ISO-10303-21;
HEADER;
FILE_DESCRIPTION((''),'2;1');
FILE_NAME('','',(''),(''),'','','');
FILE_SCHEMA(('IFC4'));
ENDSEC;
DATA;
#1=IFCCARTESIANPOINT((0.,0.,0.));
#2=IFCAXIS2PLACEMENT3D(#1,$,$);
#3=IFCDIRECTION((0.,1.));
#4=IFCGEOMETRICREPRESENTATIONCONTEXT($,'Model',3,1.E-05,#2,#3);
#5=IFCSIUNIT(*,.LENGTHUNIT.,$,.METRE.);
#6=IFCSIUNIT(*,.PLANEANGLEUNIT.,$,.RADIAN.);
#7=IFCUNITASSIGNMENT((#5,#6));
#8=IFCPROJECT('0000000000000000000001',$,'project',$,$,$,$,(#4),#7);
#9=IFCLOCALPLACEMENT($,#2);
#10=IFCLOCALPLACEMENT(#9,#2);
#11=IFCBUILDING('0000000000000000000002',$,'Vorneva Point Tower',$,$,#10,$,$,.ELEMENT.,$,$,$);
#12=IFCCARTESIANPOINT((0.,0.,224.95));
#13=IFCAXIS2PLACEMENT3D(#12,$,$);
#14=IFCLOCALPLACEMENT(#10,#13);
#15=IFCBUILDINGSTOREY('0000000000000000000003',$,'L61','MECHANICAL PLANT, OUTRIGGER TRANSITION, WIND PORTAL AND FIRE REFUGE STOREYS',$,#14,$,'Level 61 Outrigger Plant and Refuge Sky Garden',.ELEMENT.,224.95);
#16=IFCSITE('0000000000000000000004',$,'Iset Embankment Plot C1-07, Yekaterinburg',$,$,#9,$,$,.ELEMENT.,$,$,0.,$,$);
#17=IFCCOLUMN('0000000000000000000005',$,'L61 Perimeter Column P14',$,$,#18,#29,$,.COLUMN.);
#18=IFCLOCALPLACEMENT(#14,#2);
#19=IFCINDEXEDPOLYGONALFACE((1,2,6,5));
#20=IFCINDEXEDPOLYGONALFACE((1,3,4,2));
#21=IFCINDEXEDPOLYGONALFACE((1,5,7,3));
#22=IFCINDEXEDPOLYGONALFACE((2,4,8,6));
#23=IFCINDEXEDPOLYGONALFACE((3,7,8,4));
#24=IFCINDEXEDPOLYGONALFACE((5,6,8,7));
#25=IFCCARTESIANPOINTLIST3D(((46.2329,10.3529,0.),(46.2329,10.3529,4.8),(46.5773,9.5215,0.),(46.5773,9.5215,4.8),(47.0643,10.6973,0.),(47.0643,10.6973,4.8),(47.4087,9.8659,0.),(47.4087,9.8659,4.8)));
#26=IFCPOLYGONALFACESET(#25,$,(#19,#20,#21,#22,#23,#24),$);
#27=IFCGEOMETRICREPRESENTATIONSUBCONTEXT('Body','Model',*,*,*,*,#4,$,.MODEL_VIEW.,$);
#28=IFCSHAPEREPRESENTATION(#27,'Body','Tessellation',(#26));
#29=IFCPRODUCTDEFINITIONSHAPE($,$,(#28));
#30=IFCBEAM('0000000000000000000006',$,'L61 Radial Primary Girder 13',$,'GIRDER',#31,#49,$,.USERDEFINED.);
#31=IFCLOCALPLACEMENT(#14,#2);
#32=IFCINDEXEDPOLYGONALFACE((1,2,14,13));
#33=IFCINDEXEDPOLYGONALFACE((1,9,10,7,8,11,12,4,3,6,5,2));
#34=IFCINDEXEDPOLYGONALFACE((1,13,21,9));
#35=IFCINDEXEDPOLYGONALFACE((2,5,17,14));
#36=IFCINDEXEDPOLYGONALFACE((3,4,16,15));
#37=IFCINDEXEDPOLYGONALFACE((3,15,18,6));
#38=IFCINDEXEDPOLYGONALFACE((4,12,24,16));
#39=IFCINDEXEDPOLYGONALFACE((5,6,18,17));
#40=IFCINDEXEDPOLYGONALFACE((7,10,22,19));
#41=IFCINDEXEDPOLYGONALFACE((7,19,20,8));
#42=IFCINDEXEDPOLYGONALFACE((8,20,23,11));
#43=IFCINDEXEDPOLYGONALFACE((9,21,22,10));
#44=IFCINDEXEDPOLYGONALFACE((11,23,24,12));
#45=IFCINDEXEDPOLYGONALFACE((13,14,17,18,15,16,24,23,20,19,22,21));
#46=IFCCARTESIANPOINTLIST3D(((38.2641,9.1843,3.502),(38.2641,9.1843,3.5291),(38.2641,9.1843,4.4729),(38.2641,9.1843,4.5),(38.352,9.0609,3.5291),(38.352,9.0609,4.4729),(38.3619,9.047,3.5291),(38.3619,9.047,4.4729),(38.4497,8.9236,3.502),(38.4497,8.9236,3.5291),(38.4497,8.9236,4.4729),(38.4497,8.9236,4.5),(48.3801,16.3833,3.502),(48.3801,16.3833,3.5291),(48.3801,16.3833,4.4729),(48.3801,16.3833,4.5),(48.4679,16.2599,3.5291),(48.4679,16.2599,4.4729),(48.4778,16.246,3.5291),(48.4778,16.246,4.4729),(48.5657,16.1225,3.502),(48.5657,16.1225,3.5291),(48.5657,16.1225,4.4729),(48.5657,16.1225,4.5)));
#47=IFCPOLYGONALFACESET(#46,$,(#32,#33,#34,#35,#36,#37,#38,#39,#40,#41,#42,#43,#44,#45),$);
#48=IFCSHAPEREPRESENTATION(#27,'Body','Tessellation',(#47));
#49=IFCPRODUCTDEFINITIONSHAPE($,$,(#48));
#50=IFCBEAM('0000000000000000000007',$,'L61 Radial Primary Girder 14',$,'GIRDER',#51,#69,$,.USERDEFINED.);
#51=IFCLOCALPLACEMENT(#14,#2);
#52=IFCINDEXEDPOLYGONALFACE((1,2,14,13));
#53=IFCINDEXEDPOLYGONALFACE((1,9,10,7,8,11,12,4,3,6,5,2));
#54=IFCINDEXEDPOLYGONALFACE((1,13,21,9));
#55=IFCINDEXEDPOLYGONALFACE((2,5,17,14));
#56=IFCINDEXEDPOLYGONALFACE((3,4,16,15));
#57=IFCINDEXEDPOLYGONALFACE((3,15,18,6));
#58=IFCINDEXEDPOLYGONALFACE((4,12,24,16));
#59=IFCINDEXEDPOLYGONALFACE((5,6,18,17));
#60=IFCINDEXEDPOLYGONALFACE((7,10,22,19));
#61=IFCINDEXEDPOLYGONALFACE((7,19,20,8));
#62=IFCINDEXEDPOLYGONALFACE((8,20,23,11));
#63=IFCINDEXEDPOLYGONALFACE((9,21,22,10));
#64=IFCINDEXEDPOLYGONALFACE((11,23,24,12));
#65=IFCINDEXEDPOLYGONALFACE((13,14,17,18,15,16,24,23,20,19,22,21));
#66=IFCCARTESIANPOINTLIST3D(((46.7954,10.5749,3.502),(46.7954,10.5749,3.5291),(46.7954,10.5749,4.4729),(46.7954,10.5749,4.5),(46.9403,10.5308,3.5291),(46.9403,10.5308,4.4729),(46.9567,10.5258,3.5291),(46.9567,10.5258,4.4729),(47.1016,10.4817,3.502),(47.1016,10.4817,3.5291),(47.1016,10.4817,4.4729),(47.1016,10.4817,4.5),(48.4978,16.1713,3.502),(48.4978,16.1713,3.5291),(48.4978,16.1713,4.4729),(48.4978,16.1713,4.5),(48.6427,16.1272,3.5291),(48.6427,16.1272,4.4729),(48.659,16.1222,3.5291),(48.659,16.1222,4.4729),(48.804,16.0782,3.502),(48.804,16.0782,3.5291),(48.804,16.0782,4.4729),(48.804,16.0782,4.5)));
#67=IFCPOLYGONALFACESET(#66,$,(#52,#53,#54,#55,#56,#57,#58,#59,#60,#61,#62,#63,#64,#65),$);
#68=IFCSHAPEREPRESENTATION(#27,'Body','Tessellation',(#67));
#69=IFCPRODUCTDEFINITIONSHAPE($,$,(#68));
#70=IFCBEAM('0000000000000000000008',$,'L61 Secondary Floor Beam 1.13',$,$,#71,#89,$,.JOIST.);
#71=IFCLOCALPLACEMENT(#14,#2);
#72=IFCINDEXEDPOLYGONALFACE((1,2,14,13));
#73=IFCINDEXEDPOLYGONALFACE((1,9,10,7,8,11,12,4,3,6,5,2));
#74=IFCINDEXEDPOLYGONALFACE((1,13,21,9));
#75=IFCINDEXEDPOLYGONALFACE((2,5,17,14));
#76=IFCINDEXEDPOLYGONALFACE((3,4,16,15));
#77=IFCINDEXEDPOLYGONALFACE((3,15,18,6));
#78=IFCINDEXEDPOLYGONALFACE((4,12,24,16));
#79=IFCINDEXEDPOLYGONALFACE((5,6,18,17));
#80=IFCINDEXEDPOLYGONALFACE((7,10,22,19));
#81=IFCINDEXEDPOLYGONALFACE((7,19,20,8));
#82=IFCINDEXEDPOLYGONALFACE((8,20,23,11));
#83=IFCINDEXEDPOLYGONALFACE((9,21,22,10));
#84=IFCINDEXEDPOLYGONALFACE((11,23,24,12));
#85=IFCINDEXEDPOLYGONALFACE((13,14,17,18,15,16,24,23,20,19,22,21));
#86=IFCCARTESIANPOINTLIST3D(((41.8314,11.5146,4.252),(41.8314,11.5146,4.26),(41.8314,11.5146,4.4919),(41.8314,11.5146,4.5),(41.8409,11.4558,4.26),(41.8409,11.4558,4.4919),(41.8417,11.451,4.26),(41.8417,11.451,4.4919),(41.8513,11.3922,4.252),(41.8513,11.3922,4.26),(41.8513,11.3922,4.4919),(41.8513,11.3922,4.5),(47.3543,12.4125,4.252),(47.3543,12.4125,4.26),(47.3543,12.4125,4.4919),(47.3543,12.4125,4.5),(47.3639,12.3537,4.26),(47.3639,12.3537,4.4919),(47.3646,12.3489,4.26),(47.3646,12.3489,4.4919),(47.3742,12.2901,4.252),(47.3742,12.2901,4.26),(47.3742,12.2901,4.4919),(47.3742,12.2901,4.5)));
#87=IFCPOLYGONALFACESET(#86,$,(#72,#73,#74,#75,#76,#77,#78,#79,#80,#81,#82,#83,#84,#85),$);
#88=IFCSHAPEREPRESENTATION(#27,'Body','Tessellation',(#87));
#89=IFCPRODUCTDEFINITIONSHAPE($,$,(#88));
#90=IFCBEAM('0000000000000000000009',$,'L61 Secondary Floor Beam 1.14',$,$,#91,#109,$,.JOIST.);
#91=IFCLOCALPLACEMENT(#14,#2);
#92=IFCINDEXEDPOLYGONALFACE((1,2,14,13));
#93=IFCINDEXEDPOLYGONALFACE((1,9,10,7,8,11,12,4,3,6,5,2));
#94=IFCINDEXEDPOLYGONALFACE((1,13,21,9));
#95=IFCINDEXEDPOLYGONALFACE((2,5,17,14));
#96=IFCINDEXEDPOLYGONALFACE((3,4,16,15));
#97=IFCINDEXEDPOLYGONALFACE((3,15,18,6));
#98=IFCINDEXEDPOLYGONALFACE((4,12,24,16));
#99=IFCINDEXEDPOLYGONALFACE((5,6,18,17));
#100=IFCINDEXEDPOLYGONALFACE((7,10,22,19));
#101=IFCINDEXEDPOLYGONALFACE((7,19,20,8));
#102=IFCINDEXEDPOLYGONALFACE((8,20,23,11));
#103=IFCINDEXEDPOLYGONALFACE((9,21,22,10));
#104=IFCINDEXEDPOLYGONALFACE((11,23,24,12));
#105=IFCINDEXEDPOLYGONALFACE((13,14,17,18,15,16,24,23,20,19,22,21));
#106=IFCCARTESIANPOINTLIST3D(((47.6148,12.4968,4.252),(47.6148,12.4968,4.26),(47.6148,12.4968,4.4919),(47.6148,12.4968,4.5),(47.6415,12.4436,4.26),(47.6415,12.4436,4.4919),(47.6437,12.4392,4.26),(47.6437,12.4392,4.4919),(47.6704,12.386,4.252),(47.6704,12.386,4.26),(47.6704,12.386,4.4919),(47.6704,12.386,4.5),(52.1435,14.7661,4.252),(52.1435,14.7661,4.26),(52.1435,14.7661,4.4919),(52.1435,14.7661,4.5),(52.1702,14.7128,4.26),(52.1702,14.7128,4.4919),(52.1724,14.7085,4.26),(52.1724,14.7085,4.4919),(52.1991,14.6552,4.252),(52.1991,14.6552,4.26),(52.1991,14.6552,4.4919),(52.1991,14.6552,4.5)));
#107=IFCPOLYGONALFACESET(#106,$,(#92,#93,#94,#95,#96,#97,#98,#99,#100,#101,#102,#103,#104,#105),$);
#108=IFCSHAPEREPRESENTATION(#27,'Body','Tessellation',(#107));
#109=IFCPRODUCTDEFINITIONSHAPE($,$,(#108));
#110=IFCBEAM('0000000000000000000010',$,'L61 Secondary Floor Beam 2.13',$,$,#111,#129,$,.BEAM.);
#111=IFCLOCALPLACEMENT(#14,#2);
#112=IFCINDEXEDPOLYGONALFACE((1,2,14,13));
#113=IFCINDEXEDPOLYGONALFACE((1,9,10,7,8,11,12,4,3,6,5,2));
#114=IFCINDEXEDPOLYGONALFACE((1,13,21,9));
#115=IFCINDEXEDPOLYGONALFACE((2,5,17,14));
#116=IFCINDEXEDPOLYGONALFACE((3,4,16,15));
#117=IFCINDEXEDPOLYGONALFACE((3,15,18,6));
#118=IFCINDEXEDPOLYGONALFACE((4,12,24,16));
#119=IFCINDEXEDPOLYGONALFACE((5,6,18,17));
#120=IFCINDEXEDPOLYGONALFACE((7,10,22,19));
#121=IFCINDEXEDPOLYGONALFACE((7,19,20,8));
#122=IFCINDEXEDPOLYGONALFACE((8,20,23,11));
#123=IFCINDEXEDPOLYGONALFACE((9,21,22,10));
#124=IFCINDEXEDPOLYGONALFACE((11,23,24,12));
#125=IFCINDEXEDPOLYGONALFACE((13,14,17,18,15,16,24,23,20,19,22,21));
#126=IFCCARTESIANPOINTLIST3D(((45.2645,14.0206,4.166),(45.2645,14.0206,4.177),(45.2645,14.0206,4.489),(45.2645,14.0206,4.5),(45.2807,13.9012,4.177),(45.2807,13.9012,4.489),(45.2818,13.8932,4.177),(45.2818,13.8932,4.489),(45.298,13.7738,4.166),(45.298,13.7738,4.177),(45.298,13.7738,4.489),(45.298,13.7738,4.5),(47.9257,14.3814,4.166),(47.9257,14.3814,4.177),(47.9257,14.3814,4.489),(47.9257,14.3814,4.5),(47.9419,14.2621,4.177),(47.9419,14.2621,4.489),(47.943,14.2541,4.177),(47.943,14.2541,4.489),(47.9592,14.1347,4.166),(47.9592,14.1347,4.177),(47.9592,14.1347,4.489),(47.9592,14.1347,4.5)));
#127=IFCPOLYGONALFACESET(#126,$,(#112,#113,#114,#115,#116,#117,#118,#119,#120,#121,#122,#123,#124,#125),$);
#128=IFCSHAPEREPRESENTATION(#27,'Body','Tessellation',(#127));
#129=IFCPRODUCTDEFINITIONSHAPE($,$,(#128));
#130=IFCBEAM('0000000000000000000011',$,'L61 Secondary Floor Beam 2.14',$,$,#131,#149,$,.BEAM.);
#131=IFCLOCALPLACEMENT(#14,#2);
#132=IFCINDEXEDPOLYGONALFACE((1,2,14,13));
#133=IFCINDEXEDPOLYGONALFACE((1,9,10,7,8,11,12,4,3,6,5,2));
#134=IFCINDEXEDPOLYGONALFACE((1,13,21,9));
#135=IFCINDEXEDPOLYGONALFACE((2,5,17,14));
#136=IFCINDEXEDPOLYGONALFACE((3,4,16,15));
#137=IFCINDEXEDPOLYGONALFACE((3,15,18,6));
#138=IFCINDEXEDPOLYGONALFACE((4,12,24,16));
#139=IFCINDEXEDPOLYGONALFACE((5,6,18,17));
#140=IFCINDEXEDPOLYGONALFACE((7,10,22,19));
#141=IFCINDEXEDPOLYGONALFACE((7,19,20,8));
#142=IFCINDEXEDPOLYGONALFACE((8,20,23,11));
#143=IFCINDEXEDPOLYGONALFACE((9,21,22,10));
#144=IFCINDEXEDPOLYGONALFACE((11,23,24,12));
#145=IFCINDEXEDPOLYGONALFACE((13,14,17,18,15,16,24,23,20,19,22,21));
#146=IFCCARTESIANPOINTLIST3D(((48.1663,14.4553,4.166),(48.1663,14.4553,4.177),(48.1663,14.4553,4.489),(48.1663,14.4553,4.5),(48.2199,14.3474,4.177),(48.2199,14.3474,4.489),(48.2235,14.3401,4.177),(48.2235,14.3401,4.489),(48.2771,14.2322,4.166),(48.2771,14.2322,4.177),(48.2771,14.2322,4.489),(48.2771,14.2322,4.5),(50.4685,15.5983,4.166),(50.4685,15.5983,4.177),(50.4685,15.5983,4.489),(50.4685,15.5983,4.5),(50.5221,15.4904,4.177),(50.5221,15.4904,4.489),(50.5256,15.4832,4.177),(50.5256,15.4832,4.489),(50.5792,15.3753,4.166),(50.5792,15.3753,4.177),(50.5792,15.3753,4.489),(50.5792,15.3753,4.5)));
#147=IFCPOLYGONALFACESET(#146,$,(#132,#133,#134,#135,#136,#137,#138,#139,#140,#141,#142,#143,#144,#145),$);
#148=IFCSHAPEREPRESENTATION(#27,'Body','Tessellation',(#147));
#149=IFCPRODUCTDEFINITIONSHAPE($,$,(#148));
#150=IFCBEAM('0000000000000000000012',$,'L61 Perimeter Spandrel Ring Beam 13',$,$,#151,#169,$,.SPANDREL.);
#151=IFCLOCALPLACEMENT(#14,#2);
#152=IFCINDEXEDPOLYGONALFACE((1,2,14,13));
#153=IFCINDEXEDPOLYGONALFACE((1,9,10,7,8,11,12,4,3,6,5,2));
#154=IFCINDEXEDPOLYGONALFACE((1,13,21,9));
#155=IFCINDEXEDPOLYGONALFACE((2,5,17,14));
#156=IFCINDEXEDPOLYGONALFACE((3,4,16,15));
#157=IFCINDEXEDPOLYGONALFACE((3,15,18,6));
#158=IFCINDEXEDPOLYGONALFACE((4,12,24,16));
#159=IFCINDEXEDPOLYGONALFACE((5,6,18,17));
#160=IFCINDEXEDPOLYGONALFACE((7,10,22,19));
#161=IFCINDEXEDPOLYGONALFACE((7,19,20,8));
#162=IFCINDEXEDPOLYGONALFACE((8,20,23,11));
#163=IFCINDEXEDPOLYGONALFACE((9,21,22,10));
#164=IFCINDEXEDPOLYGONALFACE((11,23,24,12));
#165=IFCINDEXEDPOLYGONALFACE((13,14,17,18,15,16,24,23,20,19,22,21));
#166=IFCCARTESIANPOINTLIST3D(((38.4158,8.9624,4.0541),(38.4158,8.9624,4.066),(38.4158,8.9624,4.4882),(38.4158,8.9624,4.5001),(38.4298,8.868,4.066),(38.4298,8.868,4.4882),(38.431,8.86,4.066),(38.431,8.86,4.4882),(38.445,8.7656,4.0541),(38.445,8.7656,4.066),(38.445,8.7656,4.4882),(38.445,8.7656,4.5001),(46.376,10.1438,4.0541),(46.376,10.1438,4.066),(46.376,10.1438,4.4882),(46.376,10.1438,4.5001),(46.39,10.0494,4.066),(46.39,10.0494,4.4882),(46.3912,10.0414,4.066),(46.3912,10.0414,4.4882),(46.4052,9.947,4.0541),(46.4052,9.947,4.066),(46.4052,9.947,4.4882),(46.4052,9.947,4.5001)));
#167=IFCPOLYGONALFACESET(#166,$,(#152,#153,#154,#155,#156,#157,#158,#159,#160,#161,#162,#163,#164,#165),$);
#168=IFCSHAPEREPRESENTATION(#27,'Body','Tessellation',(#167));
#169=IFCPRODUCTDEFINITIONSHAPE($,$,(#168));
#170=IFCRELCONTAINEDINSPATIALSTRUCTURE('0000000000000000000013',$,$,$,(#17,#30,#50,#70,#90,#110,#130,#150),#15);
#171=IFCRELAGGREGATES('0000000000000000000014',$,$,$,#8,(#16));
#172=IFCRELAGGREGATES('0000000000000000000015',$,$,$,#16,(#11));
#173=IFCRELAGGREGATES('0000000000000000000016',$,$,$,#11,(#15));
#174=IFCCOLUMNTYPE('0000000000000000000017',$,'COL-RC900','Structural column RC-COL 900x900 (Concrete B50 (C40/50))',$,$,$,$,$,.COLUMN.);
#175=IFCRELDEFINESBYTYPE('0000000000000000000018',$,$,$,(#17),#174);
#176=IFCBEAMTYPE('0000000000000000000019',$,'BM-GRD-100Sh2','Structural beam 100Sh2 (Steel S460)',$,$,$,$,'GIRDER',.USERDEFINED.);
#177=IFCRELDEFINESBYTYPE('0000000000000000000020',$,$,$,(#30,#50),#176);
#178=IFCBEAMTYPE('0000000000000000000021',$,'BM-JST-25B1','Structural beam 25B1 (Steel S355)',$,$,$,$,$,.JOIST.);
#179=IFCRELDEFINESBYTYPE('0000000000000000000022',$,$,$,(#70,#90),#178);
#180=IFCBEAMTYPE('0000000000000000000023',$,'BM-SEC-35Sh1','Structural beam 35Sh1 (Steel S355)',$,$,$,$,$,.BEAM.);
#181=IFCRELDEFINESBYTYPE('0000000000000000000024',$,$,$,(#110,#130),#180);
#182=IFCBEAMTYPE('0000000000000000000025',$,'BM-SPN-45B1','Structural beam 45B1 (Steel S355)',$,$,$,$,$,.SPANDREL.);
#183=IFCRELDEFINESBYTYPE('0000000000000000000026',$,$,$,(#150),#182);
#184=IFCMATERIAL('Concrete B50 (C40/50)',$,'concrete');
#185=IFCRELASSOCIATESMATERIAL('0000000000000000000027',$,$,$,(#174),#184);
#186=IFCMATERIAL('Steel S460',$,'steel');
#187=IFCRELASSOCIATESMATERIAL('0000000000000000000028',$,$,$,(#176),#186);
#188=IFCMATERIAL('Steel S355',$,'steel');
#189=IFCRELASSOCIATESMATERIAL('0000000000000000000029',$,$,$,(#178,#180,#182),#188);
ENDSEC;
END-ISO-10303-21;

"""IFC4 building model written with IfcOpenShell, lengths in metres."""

from ifc_helpers import new_model, si_unit, direction, frame, origin, origin_2d, place, context, subcontext, project, spatial, rectangle, i_section, extrude, material, material_profile, profile_set, type_object, element, save


model = new_model("IFC4")

# Units and contexts
model_context = context("Model", 3, precision=1e-05, world=origin(), true_north=direction((0.0, 1.0)))
body_context = subcontext(model_context, "Body", "Model", "MODEL_VIEW")
ifc_project = project(units=[si_unit("LENGTHUNIT", "METRE"), si_unit("PLANEANGLEUNIT", "RADIAN")], contexts=[model_context])

# Site, building, storey
site_placement = place(None, origin())
site = spatial("IfcSite", under=ifc_project, at=site_placement, Name="Iset Embankment Plot C1-07, Yekaterinburg", CompositionType="ELEMENT", RefElevation=0.0)
building_placement = place(site_placement, origin())
building = spatial("IfcBuilding", under=site, at=building_placement, Name="Vorneva Point Tower", CompositionType="ELEMENT")
storey_placement = place(building_placement, frame((0.0, 0.0, 224.95)))
storey = spatial("IfcBuildingStorey", under=building, at=storey_placement, Name="L61", Description="MECHANICAL PLANT, OUTRIGGER TRANSITION, WIND PORTAL AND FIRE REFUGE STOREYS", LongName="Level 61 Outrigger Plant and Refuge Sky Garden", CompositionType="ELEMENT", Elevation=224.95)

# Column
ifc_material_1 = material(Name="Concrete B50 (C40/50)", Category="concrete")
ifc_material_profile_1 = material_profile(ifc_material_1, rectangle(XDim=0.8999, YDim=0.8999, at=origin_2d()), Name="RC-COL 900x900")
ifc_profile_set_1 = profile_set([ifc_material_profile_1], Name="Concrete B50 (C40/50)")
column_type = type_object("IfcColumnType", Name="COL-RC900", Description="Structural column RC-COL 900x900 (Concrete B50 (C40/50))", PredefinedType="COLUMN", material=ifc_profile_set_1)
column_placement = place(storey_placement, frame((46.8208, 10.1094, 0.0), z_axis=(0.0, 0.0, 1.0), x_axis=(0.382683, -0.92388, 0.0)))
element("IfcColumn", 1, at=column_placement, inside=storey, type_object=column_type, Name="L61 Perimeter Column P14", PredefinedType="COLUMN", context=body_context, shape_type="SweptSolid", body=[
    extrude(rectangle(XDim=0.8999, YDim=0.8999, at=origin_2d()), origin(), (0.0, 0.0, 1.0), 4.8),
])

# Beams
ifc_material_2 = material(Name="Steel S460", Category="steel")
ifc_material_profile_2 = material_profile(ifc_material_2, i_section(OverallWidth=0.3201, OverallDepth=0.998, WebThickness=0.0171, FlangeThickness=0.0271, at=origin_2d()), Name="100Sh2")
ifc_profile_set_2 = profile_set([ifc_material_profile_2], Name="Steel S460")
beam_type_1 = type_object("IfcBeamType", Name="BM-GRD-100Sh2", Description="Structural beam 100Sh2 (Steel S460)", ElementType="GIRDER", PredefinedType="USERDEFINED", material=ifc_profile_set_2)
beam_1_placement = place(storey_placement, frame((38.3569, 9.054, 4.001), z_axis=(0.81475, 0.579813, 0.0), x_axis=(-0.579813, 0.81475, 0.0)))
element("IfcBeam", 2, at=beam_1_placement, inside=storey, type_object=beam_type_1, Name="L61 Radial Primary Girder 13", ObjectType="GIRDER", PredefinedType="USERDEFINED", context=body_context, shape_type="SweptSolid", body=[
    extrude(i_section(OverallWidth=0.3201, OverallDepth=0.998, WebThickness=0.0171, FlangeThickness=0.0271, at=origin_2d()), origin(), (0.0, 0.0, 1.0), 12.416),
])
beam_2_placement = place(storey_placement, frame((46.9485, 10.5283, 4.001), z_axis=(0.291025, 0.956715, 0.0), x_axis=(-0.956715, 0.291025, 0.0)))
element("IfcBeam", 3, at=beam_2_placement, inside=storey, type_object=beam_type_1, Name="L61 Radial Primary Girder 14", ObjectType="GIRDER", PredefinedType="USERDEFINED", context=body_context, shape_type="SweptSolid", body=[
    extrude(i_section(OverallWidth=0.3201, OverallDepth=0.998, WebThickness=0.0171, FlangeThickness=0.0271, at=origin_2d()), origin(), (0.0, 0.0, 1.0), 5.8496),
])
ifc_material_3 = material(Name="Steel S355", Category="steel")
ifc_material_profile_3 = material_profile(ifc_material_3, i_section(OverallWidth=0.124, OverallDepth=0.248, WebThickness=0.0049, FlangeThickness=0.0081, at=origin_2d()), Name="25B1")
ifc_profile_set_3 = profile_set([ifc_material_profile_3], Name="Steel S355")
beam_type_2 = type_object("IfcBeamType", Name="BM-JST-25B1", Description="Structural beam 25B1 (Steel S355)", PredefinedType="JOIST", material=ifc_profile_set_3)
beam_3_placement = place(storey_placement, frame((41.8413, 11.4534, 4.376), z_axis=(0.987039, 0.160478, 0.0), x_axis=(-0.160478, 0.987039, 0.0)))
element("IfcBeam", 4, at=beam_3_placement, inside=storey, type_object=beam_type_2, Name="L61 Secondary Floor Beam 1.13", PredefinedType="JOIST", context=body_context, shape_type="SweptSolid", body=[
    extrude(i_section(OverallWidth=0.124, OverallDepth=0.248, WebThickness=0.0049, FlangeThickness=0.0081, at=origin_2d()), origin(), (0.0, 0.0, 1.0), 5.5955),
])
beam_4_placement = place(storey_placement, frame((47.6426, 12.4414, 4.376), z_axis=(0.894041, 0.447985, 0.0), x_axis=(-0.447985, 0.894041, 0.0)))
element("IfcBeam", 5, at=beam_4_placement, inside=storey, type_object=beam_type_2, Name="L61 Secondary Floor Beam 1.14", PredefinedType="JOIST", context=body_context, shape_type="SweptSolid", body=[
    extrude(i_section(OverallWidth=0.124, OverallDepth=0.248, WebThickness=0.0049, FlangeThickness=0.0081, at=origin_2d()), origin(), (0.0, 0.0, 1.0), 5.0654),
])
ifc_material_profile_4 = material_profile(ifc_material_3, i_section(OverallWidth=0.249, OverallDepth=0.334, WebThickness=0.0081, FlangeThickness=0.011, at=origin_2d()), Name="35Sh1")
ifc_profile_set_4 = profile_set([ifc_material_profile_4], Name="Steel S355")
beam_type_3 = type_object("IfcBeamType", Name="BM-SEC-35Sh1", Description="Structural beam 35Sh1 (Steel S355)", PredefinedType="BEAM", material=ifc_profile_set_4)
beam_5_placement = place(storey_placement, frame((45.2812, 13.8972, 4.333), z_axis=(0.990932, 0.134367, 0.0), x_axis=(-0.134367, 0.990932, 0.0)))
element("IfcBeam", 6, at=beam_5_placement, inside=storey, type_object=beam_type_3, Name="L61 Secondary Floor Beam 2.13", PredefinedType="BEAM", context=body_context, shape_type="SweptSolid", body=[
    extrude(i_section(OverallWidth=0.249, OverallDepth=0.334, WebThickness=0.0081, FlangeThickness=0.011, at=origin_2d()), origin(), (0.0, 0.0, 1.0), 2.6855),
])
beam_6_placement = place(storey_placement, frame((48.2217, 14.3438, 4.333), z_axis=(0.895677, 0.444704, 0.0), x_axis=(-0.444704, 0.895677, 0.0)))
element("IfcBeam", 7, at=beam_6_placement, inside=storey, type_object=beam_type_3, Name="L61 Secondary Floor Beam 2.14", PredefinedType="BEAM", context=body_context, shape_type="SweptSolid", body=[
    extrude(i_section(OverallWidth=0.249, OverallDepth=0.334, WebThickness=0.0081, FlangeThickness=0.011, at=origin_2d()), origin(), (0.0, 0.0, 1.0), 2.5703),
])
ifc_material_profile_5 = material_profile(ifc_material_3, i_section(OverallWidth=0.199, OverallDepth=0.446, WebThickness=0.0081, FlangeThickness=0.012, at=origin_2d()), Name="45B1")
ifc_profile_set_5 = profile_set([ifc_material_profile_5], Name="Steel S355")
beam_type_4 = type_object("IfcBeamType", Name="BM-SPN-45B1", Description="Structural beam 45B1 (Steel S355)", PredefinedType="SPANDREL", material=ifc_profile_set_5)
beam_7_placement = place(storey_placement, frame((38.4304, 8.864, 4.2771), z_axis=(0.989165, 0.146805, 0.0), x_axis=(-0.146805, 0.989165, 0.0)))
element("IfcBeam", 8, at=beam_7_placement, inside=storey, type_object=beam_type_4, Name="L61 Perimeter Spandrel Ring Beam 13", PredefinedType="SPANDREL", context=body_context, shape_type="SweptSolid", body=[
    extrude(i_section(OverallWidth=0.199, OverallDepth=0.446, WebThickness=0.0081, FlangeThickness=0.012, at=origin_2d()), origin(), (0.0, 0.0, 1.0), 8.0474),
])

save(model, "model.ifc")
